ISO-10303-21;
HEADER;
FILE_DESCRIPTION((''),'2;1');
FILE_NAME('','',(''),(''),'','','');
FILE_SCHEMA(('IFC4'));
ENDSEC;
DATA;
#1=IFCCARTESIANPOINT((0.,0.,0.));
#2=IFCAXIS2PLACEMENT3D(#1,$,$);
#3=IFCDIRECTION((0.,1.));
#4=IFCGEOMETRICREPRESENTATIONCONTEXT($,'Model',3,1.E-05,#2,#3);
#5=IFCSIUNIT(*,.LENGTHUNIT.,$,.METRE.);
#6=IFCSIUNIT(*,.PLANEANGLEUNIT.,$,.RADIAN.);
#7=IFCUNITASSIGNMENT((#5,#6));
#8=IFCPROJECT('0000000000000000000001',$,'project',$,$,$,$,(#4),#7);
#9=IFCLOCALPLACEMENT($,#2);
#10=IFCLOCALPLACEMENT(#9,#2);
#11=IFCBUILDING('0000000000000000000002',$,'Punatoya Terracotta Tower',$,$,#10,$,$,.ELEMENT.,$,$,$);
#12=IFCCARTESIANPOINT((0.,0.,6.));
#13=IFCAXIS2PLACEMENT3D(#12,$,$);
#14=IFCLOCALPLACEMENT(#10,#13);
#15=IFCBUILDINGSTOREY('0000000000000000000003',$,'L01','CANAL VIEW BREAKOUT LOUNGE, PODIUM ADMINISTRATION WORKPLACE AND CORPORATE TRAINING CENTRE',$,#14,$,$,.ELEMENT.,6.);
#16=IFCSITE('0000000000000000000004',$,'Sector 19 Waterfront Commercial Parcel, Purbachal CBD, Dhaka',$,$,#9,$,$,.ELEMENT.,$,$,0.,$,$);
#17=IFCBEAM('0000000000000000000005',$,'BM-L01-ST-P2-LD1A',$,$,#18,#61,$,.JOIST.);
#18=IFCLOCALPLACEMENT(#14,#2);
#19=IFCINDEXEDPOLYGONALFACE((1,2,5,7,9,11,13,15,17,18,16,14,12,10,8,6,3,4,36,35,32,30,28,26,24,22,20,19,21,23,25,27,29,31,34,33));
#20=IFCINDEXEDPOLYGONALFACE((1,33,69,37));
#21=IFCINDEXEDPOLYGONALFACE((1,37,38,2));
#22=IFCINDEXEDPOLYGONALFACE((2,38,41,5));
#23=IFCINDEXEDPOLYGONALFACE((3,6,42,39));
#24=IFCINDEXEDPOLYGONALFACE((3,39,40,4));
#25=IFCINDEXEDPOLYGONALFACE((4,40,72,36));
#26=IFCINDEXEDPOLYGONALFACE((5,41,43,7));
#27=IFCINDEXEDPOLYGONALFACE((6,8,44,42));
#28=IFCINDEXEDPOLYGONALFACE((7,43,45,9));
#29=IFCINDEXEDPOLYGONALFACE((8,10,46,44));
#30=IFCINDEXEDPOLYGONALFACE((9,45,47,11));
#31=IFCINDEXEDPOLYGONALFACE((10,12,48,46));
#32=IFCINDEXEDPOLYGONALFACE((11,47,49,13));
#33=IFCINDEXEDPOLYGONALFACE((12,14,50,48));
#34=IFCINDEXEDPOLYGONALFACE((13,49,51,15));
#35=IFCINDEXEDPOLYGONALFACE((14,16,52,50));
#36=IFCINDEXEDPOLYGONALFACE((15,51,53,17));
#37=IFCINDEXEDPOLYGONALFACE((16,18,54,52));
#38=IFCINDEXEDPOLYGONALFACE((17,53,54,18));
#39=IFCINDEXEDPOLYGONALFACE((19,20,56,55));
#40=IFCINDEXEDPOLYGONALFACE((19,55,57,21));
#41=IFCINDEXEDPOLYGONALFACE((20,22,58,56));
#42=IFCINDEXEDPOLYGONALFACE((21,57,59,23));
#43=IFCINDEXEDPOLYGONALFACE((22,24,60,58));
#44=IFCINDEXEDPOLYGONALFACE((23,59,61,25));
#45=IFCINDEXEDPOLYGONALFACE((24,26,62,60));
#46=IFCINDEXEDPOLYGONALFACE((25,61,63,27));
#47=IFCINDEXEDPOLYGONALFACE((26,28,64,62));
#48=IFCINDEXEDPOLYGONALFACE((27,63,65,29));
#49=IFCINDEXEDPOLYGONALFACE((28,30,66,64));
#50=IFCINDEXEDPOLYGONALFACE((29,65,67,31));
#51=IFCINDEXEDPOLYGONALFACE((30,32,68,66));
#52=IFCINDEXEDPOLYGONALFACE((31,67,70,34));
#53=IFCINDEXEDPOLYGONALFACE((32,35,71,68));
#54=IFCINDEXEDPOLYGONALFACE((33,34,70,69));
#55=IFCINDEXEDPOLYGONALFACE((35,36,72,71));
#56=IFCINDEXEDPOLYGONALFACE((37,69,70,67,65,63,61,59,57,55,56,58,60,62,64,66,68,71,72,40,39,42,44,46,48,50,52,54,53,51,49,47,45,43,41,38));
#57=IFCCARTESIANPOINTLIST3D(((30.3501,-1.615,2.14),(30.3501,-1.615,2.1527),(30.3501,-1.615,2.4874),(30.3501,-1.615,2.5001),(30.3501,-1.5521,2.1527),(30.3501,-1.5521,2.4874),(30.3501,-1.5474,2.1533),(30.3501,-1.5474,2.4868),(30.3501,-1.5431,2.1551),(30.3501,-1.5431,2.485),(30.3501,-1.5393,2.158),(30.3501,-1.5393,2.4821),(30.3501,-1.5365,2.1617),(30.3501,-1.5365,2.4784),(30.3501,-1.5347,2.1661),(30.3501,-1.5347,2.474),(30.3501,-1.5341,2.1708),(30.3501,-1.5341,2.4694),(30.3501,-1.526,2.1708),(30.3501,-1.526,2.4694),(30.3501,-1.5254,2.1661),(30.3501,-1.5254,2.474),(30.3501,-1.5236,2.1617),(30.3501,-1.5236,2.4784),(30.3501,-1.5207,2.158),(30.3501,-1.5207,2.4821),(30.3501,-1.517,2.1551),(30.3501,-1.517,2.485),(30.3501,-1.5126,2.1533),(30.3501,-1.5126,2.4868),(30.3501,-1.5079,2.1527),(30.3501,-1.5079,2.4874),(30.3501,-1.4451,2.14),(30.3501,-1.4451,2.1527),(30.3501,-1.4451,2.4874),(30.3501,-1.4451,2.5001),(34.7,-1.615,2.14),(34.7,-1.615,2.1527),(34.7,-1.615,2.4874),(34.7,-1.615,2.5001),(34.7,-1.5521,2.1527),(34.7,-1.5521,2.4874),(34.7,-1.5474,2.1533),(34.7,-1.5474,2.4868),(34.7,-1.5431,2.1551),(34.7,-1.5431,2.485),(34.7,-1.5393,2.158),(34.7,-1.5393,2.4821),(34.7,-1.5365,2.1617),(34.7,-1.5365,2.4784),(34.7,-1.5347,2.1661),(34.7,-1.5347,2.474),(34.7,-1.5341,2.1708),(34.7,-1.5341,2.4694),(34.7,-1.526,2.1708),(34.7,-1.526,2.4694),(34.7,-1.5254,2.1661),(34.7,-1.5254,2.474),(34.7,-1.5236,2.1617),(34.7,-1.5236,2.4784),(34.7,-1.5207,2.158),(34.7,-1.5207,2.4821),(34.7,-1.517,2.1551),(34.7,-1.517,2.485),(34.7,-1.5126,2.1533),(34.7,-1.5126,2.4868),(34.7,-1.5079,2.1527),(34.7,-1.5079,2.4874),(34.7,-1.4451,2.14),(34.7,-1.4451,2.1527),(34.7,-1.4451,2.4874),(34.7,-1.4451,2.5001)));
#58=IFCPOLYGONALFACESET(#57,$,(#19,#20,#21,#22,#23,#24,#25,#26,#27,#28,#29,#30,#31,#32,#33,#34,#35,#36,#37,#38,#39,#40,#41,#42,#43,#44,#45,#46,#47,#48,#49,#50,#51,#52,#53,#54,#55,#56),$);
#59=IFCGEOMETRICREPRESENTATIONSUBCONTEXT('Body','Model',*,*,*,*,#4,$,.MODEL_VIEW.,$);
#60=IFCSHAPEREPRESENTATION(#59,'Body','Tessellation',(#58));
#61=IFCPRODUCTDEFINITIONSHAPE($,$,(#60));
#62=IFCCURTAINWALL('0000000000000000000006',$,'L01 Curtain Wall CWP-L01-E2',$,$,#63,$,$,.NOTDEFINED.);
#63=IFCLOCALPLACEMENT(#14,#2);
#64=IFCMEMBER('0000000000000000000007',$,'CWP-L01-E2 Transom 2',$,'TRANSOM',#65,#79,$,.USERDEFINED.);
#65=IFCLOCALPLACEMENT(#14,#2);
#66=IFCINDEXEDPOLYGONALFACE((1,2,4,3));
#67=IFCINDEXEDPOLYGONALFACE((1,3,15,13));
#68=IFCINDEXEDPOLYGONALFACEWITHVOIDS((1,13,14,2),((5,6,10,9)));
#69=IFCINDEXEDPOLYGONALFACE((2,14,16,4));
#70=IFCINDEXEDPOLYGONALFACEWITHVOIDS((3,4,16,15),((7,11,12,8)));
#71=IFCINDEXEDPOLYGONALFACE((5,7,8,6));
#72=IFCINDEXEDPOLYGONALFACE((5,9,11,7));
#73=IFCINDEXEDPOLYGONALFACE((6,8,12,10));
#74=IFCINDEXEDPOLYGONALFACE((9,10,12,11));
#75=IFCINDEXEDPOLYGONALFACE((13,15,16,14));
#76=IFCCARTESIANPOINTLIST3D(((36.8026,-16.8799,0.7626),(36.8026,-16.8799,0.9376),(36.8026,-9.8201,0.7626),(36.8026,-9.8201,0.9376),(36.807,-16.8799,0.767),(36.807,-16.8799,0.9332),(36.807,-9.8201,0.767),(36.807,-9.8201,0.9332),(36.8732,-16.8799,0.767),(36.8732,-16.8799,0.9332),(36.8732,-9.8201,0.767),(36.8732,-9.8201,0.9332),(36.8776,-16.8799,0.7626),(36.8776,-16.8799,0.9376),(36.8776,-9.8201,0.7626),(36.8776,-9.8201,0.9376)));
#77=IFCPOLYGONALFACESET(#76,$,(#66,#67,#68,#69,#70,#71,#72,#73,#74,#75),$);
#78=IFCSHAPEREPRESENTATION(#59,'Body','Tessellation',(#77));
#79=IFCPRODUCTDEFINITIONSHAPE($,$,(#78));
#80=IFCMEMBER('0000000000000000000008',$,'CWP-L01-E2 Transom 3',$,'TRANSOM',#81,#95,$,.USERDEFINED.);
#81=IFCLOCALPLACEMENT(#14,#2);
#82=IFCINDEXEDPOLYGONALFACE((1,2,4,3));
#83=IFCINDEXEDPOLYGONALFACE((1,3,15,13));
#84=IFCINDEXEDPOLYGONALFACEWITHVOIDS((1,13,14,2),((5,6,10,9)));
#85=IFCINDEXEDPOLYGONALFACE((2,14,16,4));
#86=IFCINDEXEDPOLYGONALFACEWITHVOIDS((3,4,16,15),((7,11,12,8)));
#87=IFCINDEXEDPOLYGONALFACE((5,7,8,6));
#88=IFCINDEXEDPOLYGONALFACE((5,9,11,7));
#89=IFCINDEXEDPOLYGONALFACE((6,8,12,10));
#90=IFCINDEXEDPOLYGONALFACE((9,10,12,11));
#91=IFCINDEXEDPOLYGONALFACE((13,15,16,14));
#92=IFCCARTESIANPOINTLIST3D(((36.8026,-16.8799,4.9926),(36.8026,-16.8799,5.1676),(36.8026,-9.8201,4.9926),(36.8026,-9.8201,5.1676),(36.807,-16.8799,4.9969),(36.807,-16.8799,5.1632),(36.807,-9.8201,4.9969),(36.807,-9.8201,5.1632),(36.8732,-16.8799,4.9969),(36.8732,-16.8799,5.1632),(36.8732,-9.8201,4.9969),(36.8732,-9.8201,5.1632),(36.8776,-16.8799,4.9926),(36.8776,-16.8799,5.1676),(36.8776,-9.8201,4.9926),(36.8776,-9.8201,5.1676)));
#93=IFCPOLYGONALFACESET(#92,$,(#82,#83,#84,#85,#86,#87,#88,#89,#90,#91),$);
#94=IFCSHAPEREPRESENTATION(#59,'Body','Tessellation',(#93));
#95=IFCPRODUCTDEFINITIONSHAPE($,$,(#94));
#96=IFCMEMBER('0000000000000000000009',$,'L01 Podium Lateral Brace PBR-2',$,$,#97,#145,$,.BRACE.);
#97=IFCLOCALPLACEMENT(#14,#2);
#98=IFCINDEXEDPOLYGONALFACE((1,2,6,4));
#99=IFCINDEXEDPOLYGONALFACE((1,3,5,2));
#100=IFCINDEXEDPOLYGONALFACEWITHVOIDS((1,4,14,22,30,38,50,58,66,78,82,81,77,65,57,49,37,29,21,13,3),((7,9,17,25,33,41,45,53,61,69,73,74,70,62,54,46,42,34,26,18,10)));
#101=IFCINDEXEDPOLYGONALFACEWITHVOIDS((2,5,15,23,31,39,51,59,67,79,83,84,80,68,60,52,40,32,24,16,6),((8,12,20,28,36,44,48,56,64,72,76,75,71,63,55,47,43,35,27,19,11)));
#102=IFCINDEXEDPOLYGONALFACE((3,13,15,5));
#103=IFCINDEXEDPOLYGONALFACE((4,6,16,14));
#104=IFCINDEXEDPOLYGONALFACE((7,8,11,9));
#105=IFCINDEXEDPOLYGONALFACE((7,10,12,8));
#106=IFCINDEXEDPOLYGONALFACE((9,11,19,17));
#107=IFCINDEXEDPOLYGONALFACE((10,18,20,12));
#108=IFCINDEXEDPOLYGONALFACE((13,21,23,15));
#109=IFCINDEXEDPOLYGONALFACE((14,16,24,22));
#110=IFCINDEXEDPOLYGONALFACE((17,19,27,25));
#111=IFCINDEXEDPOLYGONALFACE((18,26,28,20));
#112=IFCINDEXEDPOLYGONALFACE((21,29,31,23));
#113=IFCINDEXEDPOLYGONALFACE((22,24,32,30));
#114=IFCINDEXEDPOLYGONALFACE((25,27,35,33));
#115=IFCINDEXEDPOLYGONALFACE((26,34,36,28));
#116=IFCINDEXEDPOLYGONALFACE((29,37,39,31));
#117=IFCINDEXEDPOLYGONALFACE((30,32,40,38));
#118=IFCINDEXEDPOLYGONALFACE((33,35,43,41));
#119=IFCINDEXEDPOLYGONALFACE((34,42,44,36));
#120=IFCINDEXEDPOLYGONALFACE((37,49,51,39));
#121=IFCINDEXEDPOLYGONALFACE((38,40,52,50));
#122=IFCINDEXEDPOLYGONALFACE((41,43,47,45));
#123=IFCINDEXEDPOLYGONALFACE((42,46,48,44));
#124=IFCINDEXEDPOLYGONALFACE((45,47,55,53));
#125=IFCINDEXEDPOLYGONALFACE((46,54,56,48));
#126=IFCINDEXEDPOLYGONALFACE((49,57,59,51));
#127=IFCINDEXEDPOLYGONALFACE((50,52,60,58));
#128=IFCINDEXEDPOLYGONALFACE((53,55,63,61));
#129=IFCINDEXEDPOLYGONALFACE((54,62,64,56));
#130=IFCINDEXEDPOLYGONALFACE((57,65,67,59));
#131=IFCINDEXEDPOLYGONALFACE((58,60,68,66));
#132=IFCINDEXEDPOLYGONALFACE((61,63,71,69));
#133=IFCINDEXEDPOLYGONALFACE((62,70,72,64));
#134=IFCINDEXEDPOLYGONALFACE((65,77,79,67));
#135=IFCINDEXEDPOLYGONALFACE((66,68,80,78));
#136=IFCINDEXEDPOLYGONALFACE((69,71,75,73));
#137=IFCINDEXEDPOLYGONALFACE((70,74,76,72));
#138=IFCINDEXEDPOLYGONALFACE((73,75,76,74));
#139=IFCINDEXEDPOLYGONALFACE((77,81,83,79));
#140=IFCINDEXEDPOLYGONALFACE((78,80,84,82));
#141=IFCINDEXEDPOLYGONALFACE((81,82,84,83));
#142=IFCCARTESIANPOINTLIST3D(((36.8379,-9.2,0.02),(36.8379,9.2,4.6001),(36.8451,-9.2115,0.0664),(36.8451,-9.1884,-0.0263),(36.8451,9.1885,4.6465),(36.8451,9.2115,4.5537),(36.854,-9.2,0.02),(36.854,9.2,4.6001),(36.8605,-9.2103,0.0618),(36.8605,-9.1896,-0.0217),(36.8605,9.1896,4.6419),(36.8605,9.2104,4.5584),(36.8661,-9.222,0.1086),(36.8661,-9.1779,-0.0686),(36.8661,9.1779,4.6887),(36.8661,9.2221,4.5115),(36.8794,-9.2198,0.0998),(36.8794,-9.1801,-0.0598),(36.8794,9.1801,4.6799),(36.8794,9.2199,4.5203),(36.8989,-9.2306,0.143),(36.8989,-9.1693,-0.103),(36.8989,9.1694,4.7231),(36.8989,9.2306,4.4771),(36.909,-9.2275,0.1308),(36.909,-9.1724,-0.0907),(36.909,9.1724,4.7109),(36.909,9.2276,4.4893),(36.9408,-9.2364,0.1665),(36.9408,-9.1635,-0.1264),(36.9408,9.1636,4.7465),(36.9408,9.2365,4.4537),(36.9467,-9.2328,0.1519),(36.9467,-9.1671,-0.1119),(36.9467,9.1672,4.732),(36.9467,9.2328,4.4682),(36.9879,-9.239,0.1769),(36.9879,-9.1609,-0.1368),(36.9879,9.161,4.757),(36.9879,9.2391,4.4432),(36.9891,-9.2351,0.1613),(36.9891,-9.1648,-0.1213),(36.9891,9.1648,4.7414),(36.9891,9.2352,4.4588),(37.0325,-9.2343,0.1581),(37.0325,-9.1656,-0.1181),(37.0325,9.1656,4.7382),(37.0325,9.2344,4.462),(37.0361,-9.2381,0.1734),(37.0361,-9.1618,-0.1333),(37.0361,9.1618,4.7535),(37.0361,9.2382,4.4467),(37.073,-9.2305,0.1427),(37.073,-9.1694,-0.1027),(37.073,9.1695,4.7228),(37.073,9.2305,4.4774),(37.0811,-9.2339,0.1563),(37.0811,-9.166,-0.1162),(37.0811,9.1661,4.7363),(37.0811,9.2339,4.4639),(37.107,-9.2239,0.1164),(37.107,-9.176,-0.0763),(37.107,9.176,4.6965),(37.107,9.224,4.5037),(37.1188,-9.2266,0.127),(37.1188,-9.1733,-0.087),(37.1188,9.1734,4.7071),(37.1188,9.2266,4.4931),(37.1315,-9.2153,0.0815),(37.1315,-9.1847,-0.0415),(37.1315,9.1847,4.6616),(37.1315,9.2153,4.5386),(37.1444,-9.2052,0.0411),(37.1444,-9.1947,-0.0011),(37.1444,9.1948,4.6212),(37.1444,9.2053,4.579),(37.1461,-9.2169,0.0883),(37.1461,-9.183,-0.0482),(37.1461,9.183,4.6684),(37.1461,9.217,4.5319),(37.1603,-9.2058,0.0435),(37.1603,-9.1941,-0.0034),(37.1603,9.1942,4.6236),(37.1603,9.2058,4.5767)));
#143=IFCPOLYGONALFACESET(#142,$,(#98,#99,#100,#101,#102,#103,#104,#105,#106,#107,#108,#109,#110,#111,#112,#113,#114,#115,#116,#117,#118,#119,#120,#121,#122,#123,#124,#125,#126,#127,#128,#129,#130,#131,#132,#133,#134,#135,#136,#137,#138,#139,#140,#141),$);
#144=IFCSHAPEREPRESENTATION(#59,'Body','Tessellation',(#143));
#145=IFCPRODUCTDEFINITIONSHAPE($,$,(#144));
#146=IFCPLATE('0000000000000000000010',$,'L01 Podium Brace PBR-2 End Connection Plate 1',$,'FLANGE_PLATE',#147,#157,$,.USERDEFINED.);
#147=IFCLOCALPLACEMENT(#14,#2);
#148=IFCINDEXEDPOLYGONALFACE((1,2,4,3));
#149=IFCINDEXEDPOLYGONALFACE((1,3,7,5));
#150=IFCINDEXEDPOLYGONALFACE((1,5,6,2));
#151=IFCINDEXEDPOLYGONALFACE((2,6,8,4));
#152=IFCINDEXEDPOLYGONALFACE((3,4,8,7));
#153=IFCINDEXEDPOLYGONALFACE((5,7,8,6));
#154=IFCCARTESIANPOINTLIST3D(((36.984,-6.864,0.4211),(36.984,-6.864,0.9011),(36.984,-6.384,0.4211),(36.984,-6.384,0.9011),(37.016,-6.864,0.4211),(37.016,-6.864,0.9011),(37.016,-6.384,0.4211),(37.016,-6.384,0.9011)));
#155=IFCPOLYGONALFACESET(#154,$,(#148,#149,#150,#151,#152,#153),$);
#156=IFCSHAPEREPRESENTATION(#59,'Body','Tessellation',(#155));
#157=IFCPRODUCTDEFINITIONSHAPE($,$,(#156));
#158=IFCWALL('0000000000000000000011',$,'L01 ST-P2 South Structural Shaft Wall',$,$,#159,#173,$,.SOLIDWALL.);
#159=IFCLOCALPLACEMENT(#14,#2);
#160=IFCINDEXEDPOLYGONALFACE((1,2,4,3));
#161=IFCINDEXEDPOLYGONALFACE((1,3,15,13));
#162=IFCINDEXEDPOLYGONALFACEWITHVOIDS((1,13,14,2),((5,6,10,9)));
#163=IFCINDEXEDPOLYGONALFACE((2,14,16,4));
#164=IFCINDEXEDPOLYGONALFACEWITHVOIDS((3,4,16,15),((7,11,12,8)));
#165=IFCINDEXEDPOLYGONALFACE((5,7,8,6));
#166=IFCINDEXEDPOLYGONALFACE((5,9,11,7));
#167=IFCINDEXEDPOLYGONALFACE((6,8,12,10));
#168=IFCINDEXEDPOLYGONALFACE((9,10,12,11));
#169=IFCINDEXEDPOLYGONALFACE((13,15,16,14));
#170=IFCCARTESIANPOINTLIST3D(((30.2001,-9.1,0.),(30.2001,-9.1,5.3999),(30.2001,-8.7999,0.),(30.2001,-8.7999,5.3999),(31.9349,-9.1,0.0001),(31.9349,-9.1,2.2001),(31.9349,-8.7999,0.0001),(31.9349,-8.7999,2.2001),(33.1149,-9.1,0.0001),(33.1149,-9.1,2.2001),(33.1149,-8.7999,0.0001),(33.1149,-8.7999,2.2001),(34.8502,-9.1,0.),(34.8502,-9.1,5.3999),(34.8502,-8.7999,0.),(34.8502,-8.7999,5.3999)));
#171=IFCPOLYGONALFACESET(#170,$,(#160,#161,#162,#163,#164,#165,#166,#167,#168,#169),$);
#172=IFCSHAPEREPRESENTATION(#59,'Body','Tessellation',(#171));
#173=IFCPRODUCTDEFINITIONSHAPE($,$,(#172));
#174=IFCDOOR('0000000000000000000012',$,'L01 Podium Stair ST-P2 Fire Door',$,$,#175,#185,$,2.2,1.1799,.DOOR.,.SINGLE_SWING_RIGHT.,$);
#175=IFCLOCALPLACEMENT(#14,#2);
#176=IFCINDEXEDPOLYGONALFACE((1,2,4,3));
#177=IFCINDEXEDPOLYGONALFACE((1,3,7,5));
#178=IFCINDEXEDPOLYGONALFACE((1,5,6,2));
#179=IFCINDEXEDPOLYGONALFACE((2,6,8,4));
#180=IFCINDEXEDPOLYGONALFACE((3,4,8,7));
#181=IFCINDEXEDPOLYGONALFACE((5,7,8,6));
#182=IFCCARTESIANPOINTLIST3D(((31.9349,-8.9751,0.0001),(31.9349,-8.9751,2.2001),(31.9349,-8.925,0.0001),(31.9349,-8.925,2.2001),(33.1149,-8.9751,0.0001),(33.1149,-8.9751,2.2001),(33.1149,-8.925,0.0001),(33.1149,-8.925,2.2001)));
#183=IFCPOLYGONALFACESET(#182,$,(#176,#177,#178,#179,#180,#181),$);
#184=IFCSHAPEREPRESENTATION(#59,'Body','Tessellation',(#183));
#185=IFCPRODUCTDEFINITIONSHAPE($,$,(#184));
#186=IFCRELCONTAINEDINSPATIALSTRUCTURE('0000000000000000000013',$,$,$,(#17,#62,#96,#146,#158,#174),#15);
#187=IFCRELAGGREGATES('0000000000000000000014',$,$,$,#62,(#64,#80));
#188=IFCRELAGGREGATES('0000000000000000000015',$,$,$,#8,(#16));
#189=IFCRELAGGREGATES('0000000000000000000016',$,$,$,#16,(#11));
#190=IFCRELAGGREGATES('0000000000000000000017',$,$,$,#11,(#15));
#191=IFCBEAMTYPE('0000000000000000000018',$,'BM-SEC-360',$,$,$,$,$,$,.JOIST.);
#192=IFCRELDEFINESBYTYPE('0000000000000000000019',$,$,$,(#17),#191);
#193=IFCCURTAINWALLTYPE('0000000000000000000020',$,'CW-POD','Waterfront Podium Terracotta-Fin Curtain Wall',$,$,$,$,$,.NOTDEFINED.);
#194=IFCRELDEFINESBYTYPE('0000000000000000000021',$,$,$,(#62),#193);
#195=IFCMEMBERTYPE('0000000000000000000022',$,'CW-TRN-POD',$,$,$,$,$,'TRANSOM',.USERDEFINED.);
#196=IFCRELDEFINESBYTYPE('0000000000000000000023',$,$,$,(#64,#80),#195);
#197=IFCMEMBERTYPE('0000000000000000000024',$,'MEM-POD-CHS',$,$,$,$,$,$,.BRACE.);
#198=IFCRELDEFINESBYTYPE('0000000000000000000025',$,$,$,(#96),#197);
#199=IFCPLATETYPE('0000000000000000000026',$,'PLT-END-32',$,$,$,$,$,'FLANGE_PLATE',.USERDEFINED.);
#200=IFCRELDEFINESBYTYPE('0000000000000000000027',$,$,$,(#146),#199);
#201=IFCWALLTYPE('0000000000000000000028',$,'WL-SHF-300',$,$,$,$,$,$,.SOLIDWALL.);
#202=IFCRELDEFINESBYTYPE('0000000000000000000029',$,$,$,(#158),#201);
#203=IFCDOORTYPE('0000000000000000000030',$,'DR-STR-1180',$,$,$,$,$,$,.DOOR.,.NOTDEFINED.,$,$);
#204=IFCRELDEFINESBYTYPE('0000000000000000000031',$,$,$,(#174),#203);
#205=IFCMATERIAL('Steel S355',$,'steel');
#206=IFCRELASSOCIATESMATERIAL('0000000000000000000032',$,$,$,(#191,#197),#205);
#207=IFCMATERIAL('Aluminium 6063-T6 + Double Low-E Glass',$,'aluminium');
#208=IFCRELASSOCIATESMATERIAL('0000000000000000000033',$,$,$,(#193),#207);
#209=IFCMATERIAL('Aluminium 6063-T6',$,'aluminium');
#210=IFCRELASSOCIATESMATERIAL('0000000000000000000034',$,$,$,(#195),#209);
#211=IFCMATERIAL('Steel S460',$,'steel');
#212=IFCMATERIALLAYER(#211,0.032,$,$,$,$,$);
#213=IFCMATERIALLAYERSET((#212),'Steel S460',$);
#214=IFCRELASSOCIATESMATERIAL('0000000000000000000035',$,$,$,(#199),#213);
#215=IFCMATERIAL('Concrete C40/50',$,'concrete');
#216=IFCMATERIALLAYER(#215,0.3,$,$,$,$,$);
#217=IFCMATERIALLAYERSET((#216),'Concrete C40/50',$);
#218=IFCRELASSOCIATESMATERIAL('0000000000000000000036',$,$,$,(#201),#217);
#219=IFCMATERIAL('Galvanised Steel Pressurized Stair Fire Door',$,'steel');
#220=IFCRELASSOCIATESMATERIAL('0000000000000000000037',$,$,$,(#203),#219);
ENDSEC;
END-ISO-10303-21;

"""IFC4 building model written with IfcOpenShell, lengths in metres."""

from ifc_helpers import new_model, si_unit, direction, frame, frame_2d, origin, origin_2d, place, context, subcontext, project, spatial, rectangle, hollow_rectangle, hollow_circle, i_section, extrude, material, layer, layer_set, material_profile, profile_set, type_object, element, fill, aggregate, save


model = new_model("IFC4")

# Units and contexts
model_context = context("Model", 3, precision=1e-05, world=origin(), true_north=direction((0.0, 1.0)))
body_context = subcontext(model_context, "Body", "Model", "MODEL_VIEW")
ifc_project = project(units=[si_unit("LENGTHUNIT", "METRE"), si_unit("PLANEANGLEUNIT", "RADIAN")], contexts=[model_context])

# Site, building, storey
site_placement = place(None, origin())
site = spatial("IfcSite", under=ifc_project, at=site_placement, Name="Sector 19 Waterfront Commercial Parcel, Purbachal CBD, Dhaka", CompositionType="ELEMENT", RefElevation=0.0)
building_placement = place(site_placement, origin())
building = spatial("IfcBuilding", under=site, at=building_placement, Name="Punatoya Terracotta Tower", CompositionType="ELEMENT")
storey_placement = place(building_placement, frame((0.0, 0.0, 6.0)))
storey = spatial("IfcBuildingStorey", under=building, at=storey_placement, Name="L01", Description="CANAL VIEW BREAKOUT LOUNGE, PODIUM ADMINISTRATION WORKPLACE AND CORPORATE TRAINING CENTRE", CompositionType="ELEMENT", Elevation=6.0)

# Beam
ifc_material_1 = material(Name="Steel S355", Category="steel")
ifc_material_profile_1 = material_profile(ifc_material_1, i_section(OverallWidth=0.1699, OverallDepth=0.3601, WebThickness=0.0081, FlangeThickness=0.0127, FilletRadius=0.0181, at=origin_2d()))
ifc_profile_set_1 = profile_set([ifc_material_profile_1], Name="Steel S355")
beam_type_1 = type_object("IfcBeamType", Name="BM-SEC-360", PredefinedType="JOIST", material=ifc_profile_set_1)
beam_1_placement = place(storey_placement, frame((30.3501, -1.53, 2.3201), z_axis=(1.0, 0.0, 0.0), x_axis=(0.0, 1.0, 0.0)))
element("IfcBeam", 1, at=beam_1_placement, inside=storey, type_object=beam_type_1, Name="BM-L01-ST-P2-LD1A", PredefinedType="JOIST", context=body_context, shape_type="SweptSolid", body=[
    extrude(i_section(OverallWidth=0.1699, OverallDepth=0.3601, WebThickness=0.0081, FlangeThickness=0.0127, FilletRadius=0.0181, at=origin_2d()), origin(), (0.0, 0.0, 1.0), 4.3499),
])

# Curtain wall, members
ifc_material_2 = material(Name="Aluminium 6063-T6 + Double Low-E Glass", Category="aluminium")
curtain_wall_type = type_object("IfcCurtainWallType", Name="CW-POD", Description="Waterfront Podium Terracotta-Fin Curtain Wall", PredefinedType="NOTDEFINED", material=ifc_material_2)
curtain_wall_placement = place(storey_placement, origin())
curtain_wall = element("IfcCurtainWall", 2, at=curtain_wall_placement, inside=storey, type_object=curtain_wall_type, Name="L01 Curtain Wall CWP-L01-E2", PredefinedType="NOTDEFINED")
ifc_material_3 = material(Name="Aluminium 6063-T6", Category="aluminium")
ifc_material_profile_2 = material_profile(ifc_material_3, hollow_rectangle(XDim=0.075, YDim=0.175, WallThickness=0.0044, at=origin_2d()))
ifc_profile_set_2 = profile_set([ifc_material_profile_2], Name="Aluminium 6063-T6")
member_type_1 = type_object("IfcMemberType", Name="CW-TRN-POD", ElementType="TRANSOM", PredefinedType="USERDEFINED", material=ifc_profile_set_2)
member_1_placement = place(storey_placement, frame((36.8401, -9.8201, 0.8501), z_axis=(0.0, -1.0, 0.0), x_axis=(1.0, 0.0, 0.0)))
member_1 = element("IfcMember", 3, at=member_1_placement, type_object=member_type_1, Name="CWP-L01-E2 Transom 2", ObjectType="TRANSOM", PredefinedType="USERDEFINED", context=body_context, shape_type="SweptSolid", body=[
    extrude(hollow_rectangle(XDim=0.075, YDim=0.175, WallThickness=0.0044, at=origin_2d()), origin(), (0.0, 0.0, 1.0), 7.0598),
])
member_2_placement = place(storey_placement, frame((36.8401, -9.8201, 5.0801), z_axis=(0.0, -1.0, 0.0), x_axis=(1.0, 0.0, 0.0)))
member_2 = element("IfcMember", 4, at=member_2_placement, type_object=member_type_1, Name="CWP-L01-E2 Transom 3", ObjectType="TRANSOM", PredefinedType="USERDEFINED", context=body_context, shape_type="SweptSolid", body=[
    extrude(hollow_rectangle(XDim=0.075, YDim=0.175, WallThickness=0.0044, at=origin_2d()), origin(), (0.0, 0.0, 1.0), 7.0598),
])
aggregate(curtain_wall, [member_1, member_2])

# Member
ifc_material_profile_3 = material_profile(ifc_material_1, hollow_circle(Radius=0.1621, WallThickness=0.0161, at=origin_2d()))
ifc_profile_set_3 = profile_set([ifc_material_profile_3], Name="Steel S355")
member_type_2 = type_object("IfcMemberType", Name="MEM-POD-CHS", PredefinedType="BRACE", material=ifc_profile_set_3)
member_3_placement = place(storey_placement, frame((37.0, -9.2, 0.02), z_axis=(0.0, 0.970389, 0.241548), x_axis=(-1.0, 0.0, 0.0)))
element("IfcMember", 5, at=member_3_placement, inside=storey, type_object=member_type_2, Name="L01 Podium Lateral Brace PBR-2", PredefinedType="BRACE", context=body_context, shape_type="SweptSolid", body=[
    extrude(hollow_circle(Radius=0.1621, WallThickness=0.0161, at=origin_2d()), origin(), (0.0, 0.0, 1.0), 18.9614),
])

# Plate
ifc_material_4 = material(Name="Steel S460", Category="steel")
ifc_layer_1 = layer(ifc_material_4, 0.032)
ifc_layer_set_1 = layer_set([ifc_layer_1], Name="Steel S460")
plate_type = type_object("IfcPlateType", Name="PLT-END-32", ElementType="FLANGE_PLATE", PredefinedType="USERDEFINED", material=ifc_layer_set_1)
plate_placement = place(storey_placement, frame((37.0, -6.624, 0.4211), z_axis=(0.0, 0.0, 1.0), x_axis=(1.0, 0.0, 0.0)))
element("IfcPlate", 6, at=plate_placement, inside=storey, type_object=plate_type, Name="L01 Podium Brace PBR-2 End Connection Plate 1", ObjectType="FLANGE_PLATE", PredefinedType="USERDEFINED", context=body_context, shape_type="SweptSolid", body=[
    extrude(rectangle(XDim=0.032, YDim=0.48, at=origin_2d()), origin(), (0.0, 0.0, 1.0), 0.48),
])

# Wall, opening, door
ifc_material_5 = material(Name="Concrete C40/50", Category="concrete")
ifc_layer_2 = layer(ifc_material_5, 0.3)
ifc_layer_set_2 = layer_set([ifc_layer_2], Name="Concrete C40/50")
wall_type = type_object("IfcWallType", Name="WL-SHF-300", PredefinedType="SOLIDWALL", material=ifc_layer_set_2)
wall_1_placement = place(storey_placement, frame((30.2, -8.95, 0.0), z_axis=(0.0, 0.0, 1.0), x_axis=(1.0, 0.0, 0.0)))
wall_1 = element("IfcWall", 7, at=wall_1_placement, inside=storey, type_object=wall_type, Name="L01 ST-P2 South Structural Shaft Wall", PredefinedType="SOLIDWALL", context=body_context, shape_type="SweptSolid", body=[
    extrude(rectangle(XDim=4.6501, YDim=0.3, at=frame_2d((2.3252, 0.0))), origin(), (0.0, 0.0, 1.0), 5.3999),
])
opening_placement = place(wall_1_placement, frame((1.7351, 0.0, 0.0)))
opening = element("IfcOpeningElement", 8, at=opening_placement, cuts=wall_1, PredefinedType="OPENING", context=body_context, shape_type="SweptSolid", body=[
    extrude(rectangle(XDim=1.1799, YDim=2.2, at=frame_2d((0.5898, 1.1001))), frame((0.0, 0.1599, 0.0), z_axis=(0.0, -1.0, 0.0), x_axis=(1.0, 0.0, 0.0)), (0.0, 0.0, 1.0), 0.3201),
])
ifc_material_6 = material(Name="Galvanised Steel Pressurized Stair Fire Door", Category="steel")
door_type = type_object("IfcDoorType", Name="DR-STR-1180", OperationType="NOTDEFINED", PredefinedType="DOOR", material=ifc_material_6)
door_placement = place(opening_placement, origin())
door = element("IfcDoor", 9, at=door_placement, inside=storey, type_object=door_type, Name="L01 Podium Stair ST-P2 Fire Door", OperationType="SINGLE_SWING_RIGHT", OverallHeight=2.2, OverallWidth=1.1799, PredefinedType="DOOR", context=body_context, shape_type="SweptSolid", body=[
    extrude(rectangle(XDim=1.1799, YDim=2.2, at=frame_2d((0.5898, 1.1001))), frame((0.0, 0.0249, 0.0), z_axis=(0.0, -1.0, 0.0), x_axis=(1.0, 0.0, 0.0)), (0.0, 0.0, 1.0), 0.05),
])
fill(opening, door)

save(model, "model.ifc")
